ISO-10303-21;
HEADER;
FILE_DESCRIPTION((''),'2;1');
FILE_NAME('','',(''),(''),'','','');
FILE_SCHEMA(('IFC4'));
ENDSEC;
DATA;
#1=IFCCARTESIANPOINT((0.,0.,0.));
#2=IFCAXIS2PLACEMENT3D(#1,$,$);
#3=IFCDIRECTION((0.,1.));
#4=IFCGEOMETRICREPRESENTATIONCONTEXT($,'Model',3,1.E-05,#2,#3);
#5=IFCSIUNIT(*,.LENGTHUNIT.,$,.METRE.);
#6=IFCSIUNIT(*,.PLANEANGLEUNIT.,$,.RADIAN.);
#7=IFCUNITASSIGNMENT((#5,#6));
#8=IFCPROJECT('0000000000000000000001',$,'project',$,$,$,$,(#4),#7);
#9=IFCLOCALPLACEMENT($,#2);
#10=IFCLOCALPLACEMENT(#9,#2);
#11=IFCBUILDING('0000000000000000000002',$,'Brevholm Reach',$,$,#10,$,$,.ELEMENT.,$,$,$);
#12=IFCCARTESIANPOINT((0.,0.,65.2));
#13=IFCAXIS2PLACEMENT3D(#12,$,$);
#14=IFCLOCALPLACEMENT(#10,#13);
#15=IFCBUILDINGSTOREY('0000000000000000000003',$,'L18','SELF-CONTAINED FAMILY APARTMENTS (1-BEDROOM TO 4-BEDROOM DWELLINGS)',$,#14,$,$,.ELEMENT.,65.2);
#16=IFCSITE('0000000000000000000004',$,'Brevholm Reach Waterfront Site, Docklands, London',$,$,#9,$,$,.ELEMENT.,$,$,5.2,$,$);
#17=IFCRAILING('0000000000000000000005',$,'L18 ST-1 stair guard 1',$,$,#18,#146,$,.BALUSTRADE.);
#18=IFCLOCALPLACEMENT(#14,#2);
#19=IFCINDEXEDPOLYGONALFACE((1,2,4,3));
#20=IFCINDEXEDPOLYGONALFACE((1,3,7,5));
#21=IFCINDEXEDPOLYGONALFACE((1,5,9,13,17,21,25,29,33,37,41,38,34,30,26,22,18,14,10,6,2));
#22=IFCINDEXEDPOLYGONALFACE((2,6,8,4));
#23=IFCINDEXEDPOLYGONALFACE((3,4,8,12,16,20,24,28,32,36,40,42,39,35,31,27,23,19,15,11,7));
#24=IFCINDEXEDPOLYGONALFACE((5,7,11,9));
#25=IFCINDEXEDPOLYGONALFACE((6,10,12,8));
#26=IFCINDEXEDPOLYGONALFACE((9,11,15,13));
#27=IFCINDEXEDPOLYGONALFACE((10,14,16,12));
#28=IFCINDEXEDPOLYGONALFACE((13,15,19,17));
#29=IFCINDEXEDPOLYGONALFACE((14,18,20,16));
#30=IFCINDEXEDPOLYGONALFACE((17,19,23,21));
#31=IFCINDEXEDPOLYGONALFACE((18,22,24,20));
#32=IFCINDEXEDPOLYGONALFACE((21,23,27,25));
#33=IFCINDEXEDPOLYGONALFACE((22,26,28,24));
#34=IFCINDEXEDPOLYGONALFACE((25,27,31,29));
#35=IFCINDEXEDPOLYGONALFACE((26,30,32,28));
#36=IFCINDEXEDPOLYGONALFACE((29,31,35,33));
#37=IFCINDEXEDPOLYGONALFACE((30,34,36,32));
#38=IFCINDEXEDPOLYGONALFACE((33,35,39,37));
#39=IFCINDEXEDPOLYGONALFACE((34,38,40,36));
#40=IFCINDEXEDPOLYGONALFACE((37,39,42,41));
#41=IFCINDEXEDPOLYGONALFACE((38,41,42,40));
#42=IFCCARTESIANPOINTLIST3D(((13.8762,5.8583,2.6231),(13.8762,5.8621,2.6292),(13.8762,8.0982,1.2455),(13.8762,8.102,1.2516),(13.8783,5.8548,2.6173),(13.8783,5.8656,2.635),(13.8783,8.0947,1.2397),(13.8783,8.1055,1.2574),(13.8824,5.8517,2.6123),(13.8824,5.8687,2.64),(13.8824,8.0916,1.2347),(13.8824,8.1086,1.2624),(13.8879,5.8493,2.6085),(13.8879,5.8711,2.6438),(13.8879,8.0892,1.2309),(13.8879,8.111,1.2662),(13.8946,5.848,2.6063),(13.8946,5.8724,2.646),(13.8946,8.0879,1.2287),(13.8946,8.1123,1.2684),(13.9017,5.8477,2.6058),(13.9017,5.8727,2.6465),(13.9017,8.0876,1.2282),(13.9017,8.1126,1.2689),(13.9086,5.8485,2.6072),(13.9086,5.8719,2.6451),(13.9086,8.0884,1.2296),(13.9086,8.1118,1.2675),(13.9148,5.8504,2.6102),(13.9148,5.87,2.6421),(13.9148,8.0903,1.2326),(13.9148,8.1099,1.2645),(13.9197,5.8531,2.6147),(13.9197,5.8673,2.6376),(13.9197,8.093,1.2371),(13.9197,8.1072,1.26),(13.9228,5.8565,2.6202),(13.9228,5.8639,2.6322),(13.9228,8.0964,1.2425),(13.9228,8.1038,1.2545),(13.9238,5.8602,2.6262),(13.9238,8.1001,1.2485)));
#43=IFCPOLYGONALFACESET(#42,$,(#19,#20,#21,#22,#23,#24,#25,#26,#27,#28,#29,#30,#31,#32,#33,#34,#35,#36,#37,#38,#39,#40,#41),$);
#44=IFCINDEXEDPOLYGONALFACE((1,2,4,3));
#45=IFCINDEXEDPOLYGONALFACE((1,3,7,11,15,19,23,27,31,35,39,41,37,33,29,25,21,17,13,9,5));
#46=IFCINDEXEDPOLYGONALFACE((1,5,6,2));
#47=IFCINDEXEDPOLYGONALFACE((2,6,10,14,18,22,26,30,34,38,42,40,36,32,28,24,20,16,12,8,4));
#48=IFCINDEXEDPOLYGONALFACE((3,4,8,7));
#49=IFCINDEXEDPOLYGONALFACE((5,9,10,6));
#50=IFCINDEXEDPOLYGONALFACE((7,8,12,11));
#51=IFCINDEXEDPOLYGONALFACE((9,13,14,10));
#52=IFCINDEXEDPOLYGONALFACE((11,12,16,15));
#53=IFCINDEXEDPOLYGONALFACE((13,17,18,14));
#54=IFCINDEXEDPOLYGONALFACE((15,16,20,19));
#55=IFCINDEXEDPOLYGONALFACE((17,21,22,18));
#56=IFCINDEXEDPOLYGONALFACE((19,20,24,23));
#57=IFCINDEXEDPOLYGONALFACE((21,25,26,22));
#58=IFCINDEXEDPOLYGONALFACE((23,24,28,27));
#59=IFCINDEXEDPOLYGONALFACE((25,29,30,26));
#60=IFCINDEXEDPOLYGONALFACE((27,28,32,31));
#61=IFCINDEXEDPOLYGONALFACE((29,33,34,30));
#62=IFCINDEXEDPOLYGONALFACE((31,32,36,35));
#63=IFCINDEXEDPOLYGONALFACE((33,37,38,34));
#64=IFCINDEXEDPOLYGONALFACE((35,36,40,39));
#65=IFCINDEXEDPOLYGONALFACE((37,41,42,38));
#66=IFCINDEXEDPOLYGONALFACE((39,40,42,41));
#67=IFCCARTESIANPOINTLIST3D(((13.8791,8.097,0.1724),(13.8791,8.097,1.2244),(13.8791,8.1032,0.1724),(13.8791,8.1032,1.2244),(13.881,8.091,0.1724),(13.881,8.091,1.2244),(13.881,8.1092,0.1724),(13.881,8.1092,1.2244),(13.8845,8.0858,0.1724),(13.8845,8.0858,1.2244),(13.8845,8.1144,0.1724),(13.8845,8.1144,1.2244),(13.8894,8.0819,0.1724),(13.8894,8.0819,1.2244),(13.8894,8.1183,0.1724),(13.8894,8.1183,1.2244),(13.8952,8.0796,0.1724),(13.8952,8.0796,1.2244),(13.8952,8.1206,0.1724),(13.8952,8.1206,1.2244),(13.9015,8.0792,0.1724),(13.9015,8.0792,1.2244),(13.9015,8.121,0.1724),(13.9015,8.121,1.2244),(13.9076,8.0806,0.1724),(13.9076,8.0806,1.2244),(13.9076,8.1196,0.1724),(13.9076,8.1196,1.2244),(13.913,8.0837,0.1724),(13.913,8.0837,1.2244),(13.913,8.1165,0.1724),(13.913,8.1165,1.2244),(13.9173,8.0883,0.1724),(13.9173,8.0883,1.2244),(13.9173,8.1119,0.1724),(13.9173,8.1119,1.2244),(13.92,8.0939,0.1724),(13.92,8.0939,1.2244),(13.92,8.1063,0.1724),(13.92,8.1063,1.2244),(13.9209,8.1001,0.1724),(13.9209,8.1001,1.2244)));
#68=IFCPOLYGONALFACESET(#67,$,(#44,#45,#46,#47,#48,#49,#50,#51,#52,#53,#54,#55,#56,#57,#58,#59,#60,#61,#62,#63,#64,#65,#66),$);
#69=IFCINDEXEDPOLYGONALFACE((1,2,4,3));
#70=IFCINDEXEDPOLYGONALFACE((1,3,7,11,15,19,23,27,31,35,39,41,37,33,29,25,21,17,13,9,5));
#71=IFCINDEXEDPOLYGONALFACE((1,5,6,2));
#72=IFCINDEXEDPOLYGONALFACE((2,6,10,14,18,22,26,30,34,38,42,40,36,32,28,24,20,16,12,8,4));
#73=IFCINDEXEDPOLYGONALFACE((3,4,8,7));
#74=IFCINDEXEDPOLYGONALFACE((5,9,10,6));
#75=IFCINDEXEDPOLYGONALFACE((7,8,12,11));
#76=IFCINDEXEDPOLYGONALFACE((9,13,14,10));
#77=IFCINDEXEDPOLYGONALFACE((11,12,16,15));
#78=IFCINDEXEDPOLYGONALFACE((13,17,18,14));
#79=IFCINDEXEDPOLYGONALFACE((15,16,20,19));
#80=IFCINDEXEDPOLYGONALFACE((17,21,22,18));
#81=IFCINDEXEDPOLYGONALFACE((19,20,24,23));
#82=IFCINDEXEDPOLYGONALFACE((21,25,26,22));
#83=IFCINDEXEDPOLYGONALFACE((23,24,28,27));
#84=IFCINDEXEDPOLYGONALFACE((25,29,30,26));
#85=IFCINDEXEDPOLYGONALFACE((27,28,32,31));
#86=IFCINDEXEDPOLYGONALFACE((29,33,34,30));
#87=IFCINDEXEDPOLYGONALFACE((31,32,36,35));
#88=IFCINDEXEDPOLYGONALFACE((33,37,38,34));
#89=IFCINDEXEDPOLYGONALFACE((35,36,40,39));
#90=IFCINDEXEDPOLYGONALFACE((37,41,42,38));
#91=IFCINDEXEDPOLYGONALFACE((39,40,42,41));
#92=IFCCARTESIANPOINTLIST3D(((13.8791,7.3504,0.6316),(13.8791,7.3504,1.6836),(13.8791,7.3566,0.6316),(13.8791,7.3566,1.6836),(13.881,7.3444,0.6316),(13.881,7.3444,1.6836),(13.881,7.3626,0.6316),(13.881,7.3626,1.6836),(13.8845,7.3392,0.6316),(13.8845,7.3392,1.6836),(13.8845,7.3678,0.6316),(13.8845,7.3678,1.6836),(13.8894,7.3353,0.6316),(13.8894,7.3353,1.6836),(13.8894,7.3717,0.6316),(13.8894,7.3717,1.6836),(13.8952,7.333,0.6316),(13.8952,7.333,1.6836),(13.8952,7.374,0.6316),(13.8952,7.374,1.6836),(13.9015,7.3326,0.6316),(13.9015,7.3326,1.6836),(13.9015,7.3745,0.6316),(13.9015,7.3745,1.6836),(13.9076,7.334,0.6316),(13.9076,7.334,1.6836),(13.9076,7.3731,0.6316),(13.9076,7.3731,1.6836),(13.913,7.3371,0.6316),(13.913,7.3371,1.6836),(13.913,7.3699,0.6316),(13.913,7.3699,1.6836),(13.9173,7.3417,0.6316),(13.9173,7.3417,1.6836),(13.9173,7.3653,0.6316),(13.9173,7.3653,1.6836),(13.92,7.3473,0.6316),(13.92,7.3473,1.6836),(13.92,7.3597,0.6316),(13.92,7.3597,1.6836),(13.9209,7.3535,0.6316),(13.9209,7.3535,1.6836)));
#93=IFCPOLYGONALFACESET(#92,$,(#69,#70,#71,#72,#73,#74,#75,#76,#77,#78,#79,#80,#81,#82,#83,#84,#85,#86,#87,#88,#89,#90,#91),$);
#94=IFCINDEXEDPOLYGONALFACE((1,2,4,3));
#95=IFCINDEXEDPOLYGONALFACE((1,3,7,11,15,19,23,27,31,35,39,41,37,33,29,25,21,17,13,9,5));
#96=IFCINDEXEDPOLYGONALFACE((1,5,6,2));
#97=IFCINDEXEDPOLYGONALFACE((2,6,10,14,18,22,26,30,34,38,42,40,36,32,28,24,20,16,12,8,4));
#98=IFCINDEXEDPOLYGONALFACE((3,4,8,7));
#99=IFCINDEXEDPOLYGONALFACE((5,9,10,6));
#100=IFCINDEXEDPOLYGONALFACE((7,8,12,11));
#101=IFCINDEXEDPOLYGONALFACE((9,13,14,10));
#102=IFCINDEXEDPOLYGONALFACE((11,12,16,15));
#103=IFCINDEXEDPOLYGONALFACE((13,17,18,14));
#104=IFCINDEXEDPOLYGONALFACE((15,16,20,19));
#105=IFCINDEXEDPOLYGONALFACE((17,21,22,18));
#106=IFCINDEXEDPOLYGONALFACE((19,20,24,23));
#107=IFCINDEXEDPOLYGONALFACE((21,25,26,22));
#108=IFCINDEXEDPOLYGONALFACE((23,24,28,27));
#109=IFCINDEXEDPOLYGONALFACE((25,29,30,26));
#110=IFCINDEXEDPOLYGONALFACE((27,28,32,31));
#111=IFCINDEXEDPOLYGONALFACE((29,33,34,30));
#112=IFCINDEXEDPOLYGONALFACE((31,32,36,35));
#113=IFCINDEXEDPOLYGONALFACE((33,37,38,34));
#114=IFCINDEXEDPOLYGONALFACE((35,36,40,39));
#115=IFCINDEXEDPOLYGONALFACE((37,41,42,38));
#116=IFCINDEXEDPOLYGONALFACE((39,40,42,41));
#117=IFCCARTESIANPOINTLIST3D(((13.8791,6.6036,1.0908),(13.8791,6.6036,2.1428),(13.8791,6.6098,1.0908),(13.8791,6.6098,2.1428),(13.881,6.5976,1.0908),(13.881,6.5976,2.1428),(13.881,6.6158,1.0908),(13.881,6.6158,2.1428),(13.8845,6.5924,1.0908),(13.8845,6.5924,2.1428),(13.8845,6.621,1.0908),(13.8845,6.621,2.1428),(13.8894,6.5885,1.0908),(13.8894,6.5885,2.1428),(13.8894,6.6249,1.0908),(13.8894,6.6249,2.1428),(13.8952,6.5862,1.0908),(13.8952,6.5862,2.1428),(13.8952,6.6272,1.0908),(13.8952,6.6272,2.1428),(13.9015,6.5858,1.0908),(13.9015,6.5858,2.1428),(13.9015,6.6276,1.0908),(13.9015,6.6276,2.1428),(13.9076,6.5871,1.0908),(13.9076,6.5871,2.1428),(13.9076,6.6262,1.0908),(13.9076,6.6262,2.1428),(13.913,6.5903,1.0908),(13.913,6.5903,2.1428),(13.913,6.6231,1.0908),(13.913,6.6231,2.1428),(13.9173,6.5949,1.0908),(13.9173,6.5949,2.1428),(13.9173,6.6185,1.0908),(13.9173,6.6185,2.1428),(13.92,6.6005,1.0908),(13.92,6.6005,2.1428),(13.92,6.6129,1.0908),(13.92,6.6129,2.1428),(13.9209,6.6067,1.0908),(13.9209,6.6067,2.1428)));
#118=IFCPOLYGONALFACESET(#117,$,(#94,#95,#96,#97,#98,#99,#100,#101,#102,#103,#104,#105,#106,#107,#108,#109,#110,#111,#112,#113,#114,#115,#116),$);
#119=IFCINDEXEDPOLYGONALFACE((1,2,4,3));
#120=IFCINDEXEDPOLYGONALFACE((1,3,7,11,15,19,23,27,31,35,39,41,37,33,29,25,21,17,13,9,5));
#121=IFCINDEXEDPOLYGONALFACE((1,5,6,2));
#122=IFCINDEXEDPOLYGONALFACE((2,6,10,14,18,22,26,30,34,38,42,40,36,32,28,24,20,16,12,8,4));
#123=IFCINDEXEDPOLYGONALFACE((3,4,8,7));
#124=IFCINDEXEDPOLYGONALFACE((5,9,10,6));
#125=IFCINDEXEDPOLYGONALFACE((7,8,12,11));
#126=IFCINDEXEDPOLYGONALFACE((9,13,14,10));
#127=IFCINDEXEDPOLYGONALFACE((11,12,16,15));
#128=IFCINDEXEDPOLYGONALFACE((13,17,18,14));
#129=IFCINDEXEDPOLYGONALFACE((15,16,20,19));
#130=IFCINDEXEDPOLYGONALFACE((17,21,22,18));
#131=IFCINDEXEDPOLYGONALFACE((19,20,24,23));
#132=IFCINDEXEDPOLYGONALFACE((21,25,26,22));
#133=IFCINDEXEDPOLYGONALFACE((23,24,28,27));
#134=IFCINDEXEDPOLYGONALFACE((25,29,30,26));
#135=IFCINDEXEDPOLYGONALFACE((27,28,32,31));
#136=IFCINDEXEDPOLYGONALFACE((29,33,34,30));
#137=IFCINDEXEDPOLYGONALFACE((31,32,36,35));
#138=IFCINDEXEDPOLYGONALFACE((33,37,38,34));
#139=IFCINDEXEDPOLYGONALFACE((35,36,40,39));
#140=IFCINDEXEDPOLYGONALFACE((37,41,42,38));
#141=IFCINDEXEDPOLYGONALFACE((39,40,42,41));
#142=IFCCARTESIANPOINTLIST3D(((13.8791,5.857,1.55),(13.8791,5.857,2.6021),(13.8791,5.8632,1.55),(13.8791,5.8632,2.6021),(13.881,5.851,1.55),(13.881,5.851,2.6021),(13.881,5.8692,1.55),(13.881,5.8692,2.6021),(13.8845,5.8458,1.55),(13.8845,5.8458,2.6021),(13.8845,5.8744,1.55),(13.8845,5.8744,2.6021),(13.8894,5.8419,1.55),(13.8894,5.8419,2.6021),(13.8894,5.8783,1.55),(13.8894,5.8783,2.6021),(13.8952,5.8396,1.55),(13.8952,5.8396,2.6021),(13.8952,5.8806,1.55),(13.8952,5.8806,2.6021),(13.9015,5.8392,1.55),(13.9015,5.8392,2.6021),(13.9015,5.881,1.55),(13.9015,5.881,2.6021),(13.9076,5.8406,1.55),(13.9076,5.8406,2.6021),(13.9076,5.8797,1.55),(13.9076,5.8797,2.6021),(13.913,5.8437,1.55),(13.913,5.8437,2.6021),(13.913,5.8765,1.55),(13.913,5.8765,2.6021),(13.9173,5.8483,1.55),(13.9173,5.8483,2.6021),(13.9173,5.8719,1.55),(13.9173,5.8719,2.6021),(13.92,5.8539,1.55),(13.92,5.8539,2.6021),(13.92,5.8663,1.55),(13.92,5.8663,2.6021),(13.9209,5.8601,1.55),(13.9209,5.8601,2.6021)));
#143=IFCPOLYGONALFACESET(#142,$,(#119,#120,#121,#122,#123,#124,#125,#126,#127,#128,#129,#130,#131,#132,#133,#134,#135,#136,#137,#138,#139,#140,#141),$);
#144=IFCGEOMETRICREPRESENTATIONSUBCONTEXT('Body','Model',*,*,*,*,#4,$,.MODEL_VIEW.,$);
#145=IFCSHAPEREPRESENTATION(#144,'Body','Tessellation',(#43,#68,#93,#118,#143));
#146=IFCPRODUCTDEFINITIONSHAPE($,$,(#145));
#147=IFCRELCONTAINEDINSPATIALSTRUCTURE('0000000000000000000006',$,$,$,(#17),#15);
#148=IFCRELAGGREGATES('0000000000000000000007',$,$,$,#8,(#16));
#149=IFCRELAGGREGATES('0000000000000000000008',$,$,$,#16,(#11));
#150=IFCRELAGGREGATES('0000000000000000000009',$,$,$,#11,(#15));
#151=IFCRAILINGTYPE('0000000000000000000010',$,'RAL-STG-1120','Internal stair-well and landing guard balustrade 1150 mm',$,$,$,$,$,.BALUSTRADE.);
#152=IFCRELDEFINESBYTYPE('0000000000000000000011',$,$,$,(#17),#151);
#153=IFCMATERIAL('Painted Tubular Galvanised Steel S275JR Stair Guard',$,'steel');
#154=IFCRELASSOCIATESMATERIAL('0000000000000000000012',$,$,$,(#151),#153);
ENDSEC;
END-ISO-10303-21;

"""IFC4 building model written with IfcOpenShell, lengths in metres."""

from ifc_helpers import new_model, si_unit, direction, frame, origin, origin_2d, place, context, subcontext, project, spatial, circle, extrude, material, type_object, element, save


model = new_model("IFC4")

# Units and contexts
model_context = context("Model", 3, precision=1e-05, world=origin(), true_north=direction((0.0, 1.0)))
body_context = subcontext(model_context, "Body", "Model", "MODEL_VIEW")
ifc_project = project(units=[si_unit("LENGTHUNIT", "METRE"), si_unit("PLANEANGLEUNIT", "RADIAN")], contexts=[model_context])

# Site, building, storey
site_placement = place(None, origin())
site = spatial("IfcSite", under=ifc_project, at=site_placement, Name="Brevholm Reach Waterfront Site, Docklands, London", CompositionType="ELEMENT", RefElevation=5.2)
building_placement = place(site_placement, origin())
building = spatial("IfcBuilding", under=site, at=building_placement, Name="Brevholm Reach", CompositionType="ELEMENT")
storey_placement = place(building_placement, frame((0.0, 0.0, 65.2)))
storey = spatial("IfcBuildingStorey", under=building, at=storey_placement, Name="L18", Description="SELF-CONTAINED FAMILY APARTMENTS (1-BEDROOM TO 4-BEDROOM DWELLINGS)", CompositionType="ELEMENT", Elevation=65.2)

# Railing
ifc_material_1 = material(Name="Painted Tubular Galvanised Steel S275JR Stair Guard", Category="steel")
railing_type = type_object("IfcRailingType", Name="RAL-STG-1120", Description="Internal stair-well and landing guard balustrade 1150 mm", PredefinedType="BALUSTRADE", material=ifc_material_1)
railing_1_placement = place(storey_placement, frame((13.8999, 8.1001, 0.1724)))
element("IfcRailing", 1, at=railing_1_placement, inside=storey, type_object=railing_type, Name="L18 ST-1 stair guard 1", PredefinedType="BALUSTRADE", context=body_context, shape_type="SweptSolid", body=[
    extrude(circle(Radius=0.0239, at=origin_2d()), frame((0.0, 0.0, 1.0762), z_axis=(0.0, -0.851789, 0.523885), x_axis=(1.0, 0.0, 0.0)), (0.0, 0.0, 1.0), 2.6296),
    extrude(circle(Radius=0.021, at=origin_2d()), origin(), (0.0, 0.0, 1.0), 1.052),
    extrude(circle(Radius=0.021, at=origin_2d()), frame((0.0, -0.7466, 0.4592)), (0.0, 0.0, 1.0), 1.052),
    extrude(circle(Radius=0.021, at=origin_2d()), frame((0.0, -1.4934, 0.9185)), (0.0, 0.0, 1.0), 1.052),
    extrude(circle(Radius=0.021, at=origin_2d()), frame((0.0, -2.24, 1.3777)), (0.0, 0.0, 1.0), 1.052),
])

save(model, "model.ifc")
